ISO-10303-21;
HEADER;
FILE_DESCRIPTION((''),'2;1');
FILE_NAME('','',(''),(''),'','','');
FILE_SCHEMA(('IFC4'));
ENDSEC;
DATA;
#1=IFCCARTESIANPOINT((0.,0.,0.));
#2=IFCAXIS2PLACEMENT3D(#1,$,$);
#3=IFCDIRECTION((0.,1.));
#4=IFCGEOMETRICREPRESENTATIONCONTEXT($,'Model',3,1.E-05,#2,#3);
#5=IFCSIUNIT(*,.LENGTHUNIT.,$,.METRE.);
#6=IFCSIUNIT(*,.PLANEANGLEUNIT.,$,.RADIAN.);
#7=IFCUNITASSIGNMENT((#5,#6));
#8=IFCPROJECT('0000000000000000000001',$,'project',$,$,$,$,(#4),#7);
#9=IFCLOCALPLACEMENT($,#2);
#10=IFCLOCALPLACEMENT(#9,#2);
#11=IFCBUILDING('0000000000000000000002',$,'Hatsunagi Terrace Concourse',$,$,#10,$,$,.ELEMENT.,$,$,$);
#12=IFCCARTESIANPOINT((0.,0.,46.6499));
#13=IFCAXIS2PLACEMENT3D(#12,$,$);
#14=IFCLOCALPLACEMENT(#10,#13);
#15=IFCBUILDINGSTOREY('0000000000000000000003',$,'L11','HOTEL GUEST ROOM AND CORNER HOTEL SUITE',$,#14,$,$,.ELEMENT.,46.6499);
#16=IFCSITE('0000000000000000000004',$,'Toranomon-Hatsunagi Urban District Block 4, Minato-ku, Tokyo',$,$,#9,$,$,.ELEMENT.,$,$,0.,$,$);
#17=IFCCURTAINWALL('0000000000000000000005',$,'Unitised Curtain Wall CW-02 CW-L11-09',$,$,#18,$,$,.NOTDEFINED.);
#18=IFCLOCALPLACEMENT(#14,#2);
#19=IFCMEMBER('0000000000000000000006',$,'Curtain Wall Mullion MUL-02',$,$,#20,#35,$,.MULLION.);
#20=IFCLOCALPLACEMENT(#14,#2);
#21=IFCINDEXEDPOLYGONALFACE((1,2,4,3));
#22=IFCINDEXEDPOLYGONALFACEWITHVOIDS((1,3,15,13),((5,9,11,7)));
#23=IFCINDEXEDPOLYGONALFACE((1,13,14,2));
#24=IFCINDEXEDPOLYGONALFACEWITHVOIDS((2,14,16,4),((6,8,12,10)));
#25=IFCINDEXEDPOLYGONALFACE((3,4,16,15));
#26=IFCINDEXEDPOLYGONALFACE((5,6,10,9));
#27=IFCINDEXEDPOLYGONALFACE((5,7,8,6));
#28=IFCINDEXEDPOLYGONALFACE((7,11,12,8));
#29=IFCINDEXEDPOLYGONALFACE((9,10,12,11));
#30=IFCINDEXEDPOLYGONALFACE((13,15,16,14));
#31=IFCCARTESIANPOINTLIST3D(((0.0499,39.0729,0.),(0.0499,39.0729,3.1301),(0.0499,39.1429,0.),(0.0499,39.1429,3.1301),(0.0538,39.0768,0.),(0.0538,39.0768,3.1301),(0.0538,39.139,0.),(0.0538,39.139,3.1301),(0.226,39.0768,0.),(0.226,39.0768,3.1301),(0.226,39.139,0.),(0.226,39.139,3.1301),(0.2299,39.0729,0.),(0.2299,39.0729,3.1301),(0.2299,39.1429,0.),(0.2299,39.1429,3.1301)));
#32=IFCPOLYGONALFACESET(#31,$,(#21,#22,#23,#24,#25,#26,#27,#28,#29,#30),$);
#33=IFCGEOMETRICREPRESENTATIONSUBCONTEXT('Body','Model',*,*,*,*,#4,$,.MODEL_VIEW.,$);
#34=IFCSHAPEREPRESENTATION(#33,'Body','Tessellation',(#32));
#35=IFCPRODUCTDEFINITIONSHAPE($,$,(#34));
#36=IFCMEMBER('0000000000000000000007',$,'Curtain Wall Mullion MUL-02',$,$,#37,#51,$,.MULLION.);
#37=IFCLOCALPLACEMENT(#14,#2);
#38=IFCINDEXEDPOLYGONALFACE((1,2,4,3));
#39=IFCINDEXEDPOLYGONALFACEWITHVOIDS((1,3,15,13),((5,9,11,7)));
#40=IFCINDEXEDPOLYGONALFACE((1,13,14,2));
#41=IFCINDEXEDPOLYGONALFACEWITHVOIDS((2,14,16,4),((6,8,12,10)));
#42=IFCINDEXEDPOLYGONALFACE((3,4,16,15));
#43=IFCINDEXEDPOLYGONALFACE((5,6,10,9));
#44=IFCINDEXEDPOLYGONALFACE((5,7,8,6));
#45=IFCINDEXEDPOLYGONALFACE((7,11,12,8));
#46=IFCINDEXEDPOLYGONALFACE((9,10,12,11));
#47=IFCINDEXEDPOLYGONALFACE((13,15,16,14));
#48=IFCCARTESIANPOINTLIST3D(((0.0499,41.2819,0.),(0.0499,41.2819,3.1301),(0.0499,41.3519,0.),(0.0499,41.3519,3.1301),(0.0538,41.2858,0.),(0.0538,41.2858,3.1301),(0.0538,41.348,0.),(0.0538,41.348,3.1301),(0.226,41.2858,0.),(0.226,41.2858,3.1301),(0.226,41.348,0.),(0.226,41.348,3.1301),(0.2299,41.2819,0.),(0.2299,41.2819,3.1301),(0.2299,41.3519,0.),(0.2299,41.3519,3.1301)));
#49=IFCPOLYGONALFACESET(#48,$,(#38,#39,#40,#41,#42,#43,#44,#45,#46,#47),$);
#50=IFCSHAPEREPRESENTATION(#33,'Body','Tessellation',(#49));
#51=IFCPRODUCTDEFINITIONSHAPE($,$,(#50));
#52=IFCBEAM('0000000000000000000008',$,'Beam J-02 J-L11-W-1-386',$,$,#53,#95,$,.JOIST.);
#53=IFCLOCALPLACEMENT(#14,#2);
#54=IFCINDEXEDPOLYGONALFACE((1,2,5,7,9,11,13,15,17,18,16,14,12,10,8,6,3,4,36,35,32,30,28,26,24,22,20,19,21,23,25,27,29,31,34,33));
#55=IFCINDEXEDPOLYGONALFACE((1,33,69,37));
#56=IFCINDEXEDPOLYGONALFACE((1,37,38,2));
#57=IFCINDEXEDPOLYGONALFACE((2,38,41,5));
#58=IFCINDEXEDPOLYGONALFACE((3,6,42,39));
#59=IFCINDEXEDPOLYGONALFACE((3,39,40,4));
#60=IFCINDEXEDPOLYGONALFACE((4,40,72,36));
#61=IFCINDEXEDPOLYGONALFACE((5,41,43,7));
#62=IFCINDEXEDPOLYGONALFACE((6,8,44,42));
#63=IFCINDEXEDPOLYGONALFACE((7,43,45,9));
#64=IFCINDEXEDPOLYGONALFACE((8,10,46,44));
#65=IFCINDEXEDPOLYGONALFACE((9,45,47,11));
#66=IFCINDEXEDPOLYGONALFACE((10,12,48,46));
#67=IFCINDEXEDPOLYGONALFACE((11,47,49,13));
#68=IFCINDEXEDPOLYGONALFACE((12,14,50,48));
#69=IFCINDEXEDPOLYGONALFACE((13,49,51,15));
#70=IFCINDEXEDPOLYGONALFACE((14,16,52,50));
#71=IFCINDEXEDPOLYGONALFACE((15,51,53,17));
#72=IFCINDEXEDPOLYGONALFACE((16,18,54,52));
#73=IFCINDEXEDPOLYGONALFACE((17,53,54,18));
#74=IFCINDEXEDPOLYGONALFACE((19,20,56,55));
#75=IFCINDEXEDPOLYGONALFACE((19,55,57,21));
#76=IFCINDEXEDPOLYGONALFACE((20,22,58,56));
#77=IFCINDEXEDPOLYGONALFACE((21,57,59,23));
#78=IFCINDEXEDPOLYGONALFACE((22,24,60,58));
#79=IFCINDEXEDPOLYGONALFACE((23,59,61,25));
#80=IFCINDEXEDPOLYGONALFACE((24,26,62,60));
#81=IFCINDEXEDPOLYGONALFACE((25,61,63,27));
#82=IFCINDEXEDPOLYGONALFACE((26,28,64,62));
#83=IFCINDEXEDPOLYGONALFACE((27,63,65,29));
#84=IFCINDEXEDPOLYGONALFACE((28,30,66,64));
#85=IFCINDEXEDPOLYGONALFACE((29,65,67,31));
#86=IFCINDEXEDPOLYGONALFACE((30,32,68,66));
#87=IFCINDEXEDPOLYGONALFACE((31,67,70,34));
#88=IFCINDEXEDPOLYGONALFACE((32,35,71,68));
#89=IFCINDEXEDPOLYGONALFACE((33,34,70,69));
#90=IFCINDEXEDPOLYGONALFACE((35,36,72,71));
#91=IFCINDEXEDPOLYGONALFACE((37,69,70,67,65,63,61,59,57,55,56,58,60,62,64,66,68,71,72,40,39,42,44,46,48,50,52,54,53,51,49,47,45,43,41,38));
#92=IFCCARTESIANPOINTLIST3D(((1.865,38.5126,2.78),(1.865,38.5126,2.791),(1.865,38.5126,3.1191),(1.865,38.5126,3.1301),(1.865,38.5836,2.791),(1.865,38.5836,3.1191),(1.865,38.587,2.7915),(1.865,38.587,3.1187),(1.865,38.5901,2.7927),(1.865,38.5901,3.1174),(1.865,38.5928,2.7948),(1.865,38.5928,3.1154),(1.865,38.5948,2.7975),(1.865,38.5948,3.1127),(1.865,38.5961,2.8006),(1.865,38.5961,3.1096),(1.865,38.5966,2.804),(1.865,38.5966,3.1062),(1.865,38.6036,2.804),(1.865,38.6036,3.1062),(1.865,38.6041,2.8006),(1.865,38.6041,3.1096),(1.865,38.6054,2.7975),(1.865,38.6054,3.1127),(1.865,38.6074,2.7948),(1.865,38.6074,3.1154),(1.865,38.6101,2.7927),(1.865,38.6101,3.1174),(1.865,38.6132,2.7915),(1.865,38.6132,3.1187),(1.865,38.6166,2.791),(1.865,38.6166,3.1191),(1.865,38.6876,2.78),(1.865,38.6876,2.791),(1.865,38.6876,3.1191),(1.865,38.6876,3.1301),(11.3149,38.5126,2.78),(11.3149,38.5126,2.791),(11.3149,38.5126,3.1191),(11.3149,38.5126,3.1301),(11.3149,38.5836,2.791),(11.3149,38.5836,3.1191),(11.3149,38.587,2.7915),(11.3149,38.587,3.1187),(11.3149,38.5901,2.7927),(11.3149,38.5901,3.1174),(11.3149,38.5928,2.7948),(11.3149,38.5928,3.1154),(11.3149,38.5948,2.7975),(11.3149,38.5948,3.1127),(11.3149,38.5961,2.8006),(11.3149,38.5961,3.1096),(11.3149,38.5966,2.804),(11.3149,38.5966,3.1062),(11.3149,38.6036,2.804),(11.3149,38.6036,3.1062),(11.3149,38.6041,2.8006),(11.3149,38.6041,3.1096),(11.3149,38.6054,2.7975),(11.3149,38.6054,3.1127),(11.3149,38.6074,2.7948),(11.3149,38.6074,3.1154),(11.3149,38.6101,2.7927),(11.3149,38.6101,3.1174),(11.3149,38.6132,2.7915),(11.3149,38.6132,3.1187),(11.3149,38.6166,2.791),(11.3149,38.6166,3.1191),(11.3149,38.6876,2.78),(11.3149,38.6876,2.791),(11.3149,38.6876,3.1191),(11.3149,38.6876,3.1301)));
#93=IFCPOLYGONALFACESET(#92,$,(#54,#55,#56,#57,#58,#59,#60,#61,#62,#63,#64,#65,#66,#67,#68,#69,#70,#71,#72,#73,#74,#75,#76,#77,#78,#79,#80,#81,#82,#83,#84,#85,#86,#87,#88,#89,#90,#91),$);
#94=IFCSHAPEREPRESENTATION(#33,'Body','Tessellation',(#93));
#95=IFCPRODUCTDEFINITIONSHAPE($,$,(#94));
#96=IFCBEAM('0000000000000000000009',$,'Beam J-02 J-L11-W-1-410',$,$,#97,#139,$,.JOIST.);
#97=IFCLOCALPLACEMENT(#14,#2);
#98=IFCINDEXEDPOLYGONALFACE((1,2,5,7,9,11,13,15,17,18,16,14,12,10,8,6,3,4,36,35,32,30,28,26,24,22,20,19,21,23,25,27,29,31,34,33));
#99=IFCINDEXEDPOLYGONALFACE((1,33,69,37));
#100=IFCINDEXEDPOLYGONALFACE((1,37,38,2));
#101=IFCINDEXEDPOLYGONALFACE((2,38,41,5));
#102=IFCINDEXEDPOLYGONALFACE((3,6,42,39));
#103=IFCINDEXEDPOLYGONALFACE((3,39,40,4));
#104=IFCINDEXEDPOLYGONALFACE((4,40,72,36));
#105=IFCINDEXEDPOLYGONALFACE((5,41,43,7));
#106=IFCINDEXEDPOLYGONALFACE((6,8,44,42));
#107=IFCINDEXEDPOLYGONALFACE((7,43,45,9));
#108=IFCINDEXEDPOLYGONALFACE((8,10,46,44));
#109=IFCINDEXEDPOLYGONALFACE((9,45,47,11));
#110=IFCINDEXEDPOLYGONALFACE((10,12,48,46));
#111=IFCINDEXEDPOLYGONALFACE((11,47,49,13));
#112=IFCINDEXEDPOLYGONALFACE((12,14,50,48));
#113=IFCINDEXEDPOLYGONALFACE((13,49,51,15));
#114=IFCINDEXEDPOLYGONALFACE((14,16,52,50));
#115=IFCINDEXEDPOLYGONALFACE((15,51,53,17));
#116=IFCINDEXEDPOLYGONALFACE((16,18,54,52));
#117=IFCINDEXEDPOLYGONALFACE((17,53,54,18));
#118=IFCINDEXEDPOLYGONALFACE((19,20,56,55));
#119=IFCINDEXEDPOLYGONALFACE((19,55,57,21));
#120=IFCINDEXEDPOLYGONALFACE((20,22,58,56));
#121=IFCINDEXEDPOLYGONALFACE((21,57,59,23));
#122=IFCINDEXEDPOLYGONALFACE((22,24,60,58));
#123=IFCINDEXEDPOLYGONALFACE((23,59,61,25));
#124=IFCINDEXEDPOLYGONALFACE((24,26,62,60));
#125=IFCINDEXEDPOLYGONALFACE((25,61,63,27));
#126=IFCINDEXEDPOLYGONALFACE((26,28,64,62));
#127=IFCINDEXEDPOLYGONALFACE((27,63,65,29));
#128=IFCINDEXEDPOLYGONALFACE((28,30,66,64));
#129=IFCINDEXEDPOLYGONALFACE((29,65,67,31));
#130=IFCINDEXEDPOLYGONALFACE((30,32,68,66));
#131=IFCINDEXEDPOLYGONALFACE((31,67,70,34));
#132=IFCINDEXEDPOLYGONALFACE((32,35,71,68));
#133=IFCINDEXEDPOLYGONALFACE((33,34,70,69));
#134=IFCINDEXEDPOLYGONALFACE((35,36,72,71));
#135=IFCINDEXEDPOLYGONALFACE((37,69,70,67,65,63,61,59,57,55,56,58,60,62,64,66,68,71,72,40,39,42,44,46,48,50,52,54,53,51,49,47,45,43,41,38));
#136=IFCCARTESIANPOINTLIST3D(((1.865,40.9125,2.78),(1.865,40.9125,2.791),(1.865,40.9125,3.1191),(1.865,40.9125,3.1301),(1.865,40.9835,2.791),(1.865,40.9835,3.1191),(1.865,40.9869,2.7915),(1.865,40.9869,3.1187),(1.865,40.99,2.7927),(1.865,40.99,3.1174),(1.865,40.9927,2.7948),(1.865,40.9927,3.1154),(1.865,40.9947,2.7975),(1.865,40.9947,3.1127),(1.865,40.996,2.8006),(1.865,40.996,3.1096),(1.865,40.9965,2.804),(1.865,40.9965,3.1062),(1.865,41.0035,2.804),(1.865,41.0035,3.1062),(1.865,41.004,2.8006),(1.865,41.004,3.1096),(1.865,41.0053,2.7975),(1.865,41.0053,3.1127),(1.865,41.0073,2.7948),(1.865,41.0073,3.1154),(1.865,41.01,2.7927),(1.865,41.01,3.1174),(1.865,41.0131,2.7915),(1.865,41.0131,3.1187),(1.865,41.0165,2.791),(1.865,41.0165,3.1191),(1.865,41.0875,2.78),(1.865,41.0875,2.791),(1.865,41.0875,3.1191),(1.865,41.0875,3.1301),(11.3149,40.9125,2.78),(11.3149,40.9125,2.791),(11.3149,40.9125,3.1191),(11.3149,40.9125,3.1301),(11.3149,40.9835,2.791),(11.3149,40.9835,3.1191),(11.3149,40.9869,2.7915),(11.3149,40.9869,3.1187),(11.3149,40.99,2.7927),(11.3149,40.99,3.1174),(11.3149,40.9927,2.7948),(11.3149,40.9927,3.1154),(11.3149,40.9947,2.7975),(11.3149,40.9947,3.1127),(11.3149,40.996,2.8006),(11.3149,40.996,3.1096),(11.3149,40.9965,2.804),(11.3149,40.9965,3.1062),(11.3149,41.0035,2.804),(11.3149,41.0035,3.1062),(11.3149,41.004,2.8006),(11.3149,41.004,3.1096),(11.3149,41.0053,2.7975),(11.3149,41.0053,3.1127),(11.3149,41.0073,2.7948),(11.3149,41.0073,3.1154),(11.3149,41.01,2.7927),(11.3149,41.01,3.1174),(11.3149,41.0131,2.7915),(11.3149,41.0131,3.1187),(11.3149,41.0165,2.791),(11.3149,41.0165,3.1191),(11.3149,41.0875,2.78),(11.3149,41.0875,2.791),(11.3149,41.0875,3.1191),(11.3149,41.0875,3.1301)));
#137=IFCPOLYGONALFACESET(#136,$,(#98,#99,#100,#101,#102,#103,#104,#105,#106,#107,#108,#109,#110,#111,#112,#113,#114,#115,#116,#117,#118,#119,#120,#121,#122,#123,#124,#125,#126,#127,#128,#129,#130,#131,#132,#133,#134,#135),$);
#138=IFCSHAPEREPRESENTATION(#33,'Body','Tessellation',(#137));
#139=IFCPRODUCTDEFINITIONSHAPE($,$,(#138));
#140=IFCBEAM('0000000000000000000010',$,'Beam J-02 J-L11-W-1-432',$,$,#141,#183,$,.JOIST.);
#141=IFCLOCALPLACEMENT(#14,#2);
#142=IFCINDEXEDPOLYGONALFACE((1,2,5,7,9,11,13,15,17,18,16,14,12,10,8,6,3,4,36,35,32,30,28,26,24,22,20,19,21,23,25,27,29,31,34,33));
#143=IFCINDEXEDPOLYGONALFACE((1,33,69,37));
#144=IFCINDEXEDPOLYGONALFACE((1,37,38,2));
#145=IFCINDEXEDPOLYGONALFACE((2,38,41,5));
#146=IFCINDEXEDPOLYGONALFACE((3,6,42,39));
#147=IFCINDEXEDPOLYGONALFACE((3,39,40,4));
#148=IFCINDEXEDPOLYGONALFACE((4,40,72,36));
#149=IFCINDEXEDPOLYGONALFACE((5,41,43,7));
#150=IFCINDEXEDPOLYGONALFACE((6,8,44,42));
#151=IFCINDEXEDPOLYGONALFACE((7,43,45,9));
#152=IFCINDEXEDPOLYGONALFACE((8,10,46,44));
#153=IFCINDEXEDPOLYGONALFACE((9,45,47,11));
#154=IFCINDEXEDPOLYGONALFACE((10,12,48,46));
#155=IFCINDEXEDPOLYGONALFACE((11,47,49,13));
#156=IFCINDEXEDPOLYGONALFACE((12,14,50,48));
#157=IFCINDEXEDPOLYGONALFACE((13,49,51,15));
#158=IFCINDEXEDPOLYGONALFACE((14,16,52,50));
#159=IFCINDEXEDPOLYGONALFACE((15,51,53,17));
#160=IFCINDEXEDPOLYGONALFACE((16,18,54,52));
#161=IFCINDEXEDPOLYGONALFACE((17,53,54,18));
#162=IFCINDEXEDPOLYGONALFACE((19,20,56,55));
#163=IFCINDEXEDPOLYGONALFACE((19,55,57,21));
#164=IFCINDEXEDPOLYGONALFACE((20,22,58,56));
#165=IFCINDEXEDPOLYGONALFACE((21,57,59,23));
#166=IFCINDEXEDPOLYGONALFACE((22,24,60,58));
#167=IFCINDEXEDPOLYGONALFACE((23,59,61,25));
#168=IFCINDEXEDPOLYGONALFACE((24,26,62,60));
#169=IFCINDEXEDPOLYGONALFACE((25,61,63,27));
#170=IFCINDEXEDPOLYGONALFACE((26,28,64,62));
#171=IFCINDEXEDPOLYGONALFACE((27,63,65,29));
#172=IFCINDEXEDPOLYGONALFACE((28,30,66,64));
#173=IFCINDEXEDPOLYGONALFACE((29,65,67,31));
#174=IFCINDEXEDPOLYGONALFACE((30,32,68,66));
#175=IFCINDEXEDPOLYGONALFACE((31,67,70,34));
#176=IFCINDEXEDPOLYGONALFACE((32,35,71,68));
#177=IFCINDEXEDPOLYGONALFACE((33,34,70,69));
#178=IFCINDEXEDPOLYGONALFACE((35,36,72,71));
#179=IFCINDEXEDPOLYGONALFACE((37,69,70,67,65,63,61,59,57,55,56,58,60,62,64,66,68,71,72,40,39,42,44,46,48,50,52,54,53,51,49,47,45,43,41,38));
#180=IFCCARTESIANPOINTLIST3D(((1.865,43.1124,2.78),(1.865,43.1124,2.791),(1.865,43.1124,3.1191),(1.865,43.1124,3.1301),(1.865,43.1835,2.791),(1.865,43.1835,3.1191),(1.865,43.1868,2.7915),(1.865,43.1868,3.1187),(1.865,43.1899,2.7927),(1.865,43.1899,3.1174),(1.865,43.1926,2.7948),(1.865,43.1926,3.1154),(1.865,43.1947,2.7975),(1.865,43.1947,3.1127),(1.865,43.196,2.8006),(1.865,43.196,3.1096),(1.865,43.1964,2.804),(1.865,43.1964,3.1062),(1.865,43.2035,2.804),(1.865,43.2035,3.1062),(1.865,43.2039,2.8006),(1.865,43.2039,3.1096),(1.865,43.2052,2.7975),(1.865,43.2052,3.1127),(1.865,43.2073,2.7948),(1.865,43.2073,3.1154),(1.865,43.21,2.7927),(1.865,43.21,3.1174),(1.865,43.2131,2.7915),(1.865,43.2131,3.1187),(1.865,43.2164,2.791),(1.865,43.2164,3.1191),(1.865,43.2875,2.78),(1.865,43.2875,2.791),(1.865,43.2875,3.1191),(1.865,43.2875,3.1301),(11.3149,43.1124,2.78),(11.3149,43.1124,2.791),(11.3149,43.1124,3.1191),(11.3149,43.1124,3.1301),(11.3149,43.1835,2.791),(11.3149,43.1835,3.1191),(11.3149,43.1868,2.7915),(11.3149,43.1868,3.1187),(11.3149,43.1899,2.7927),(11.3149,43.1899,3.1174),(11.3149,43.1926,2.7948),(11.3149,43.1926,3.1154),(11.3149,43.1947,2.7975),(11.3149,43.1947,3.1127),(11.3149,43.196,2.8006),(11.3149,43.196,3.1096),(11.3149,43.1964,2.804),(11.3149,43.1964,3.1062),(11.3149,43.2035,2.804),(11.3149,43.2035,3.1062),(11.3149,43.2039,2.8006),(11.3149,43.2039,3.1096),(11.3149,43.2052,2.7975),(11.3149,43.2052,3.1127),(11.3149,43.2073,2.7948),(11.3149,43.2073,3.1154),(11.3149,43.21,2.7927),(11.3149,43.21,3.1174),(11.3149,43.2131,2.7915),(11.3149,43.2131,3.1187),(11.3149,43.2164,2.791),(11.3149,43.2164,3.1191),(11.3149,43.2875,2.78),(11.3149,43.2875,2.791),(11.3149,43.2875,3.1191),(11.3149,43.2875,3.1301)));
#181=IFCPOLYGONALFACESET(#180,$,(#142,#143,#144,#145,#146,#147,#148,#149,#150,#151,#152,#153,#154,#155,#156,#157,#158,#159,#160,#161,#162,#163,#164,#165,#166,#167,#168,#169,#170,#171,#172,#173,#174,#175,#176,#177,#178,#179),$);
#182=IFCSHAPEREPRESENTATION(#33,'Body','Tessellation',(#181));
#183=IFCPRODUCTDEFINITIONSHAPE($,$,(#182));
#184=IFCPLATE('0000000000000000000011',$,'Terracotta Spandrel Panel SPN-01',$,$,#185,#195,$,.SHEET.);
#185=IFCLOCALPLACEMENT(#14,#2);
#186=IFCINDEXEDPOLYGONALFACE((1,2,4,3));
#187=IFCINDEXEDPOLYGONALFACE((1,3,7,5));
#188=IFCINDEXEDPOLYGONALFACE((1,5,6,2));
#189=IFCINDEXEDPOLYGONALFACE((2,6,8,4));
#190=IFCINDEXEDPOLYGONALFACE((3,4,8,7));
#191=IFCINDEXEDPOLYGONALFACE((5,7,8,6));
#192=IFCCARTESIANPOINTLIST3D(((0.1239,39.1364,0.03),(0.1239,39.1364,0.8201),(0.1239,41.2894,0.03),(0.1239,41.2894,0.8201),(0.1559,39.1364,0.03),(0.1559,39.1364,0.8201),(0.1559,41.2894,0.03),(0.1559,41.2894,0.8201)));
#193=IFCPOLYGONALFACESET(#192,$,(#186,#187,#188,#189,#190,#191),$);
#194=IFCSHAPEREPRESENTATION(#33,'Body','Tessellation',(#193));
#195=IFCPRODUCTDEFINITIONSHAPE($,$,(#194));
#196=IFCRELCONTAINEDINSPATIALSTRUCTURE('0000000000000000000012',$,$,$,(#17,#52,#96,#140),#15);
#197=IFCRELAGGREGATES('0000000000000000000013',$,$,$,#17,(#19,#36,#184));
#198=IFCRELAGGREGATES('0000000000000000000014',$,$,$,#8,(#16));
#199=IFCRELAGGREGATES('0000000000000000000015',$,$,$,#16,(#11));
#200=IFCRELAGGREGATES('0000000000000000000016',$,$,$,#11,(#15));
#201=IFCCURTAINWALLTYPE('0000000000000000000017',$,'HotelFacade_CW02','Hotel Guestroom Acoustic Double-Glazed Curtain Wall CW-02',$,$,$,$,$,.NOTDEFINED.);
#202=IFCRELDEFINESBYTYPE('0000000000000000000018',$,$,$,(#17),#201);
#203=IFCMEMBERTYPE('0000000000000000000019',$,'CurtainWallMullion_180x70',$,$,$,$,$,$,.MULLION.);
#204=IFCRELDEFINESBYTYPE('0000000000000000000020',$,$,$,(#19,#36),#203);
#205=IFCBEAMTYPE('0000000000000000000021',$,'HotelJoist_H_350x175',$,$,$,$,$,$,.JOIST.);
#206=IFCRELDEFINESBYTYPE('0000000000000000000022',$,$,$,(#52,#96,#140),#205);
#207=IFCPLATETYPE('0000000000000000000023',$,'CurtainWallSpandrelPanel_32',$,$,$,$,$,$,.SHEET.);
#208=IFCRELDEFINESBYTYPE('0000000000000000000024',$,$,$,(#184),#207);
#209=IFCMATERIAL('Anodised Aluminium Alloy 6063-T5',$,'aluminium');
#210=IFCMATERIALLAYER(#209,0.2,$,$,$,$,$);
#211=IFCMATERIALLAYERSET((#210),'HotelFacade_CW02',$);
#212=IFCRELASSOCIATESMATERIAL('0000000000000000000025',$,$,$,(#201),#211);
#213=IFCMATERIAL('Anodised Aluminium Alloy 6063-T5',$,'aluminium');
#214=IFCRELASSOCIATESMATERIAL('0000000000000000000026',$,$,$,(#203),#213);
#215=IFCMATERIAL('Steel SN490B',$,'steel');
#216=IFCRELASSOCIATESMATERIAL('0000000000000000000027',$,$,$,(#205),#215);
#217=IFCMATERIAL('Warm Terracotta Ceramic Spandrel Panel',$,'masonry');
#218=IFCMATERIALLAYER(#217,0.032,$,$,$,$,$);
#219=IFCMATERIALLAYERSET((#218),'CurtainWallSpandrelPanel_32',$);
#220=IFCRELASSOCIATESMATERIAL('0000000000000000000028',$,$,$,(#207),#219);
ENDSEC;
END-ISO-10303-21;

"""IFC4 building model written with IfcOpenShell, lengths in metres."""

from ifc_helpers import new_model, si_unit, direction, frame, origin, origin_2d, place, context, subcontext, project, spatial, rectangle, hollow_rectangle, i_section, extrude, material, layer, layer_set, material_profile, profile_set, type_object, element, aggregate, save


model = new_model("IFC4")

# Units and contexts
model_context = context("Model", 3, precision=1e-05, world=origin(), true_north=direction((0.0, 1.0)))
body_context = subcontext(model_context, "Body", "Model", "MODEL_VIEW")
ifc_project = project(units=[si_unit("LENGTHUNIT", "METRE"), si_unit("PLANEANGLEUNIT", "RADIAN")], contexts=[model_context])

# Site, building, storey
site_placement = place(None, origin())
site = spatial("IfcSite", under=ifc_project, at=site_placement, Name="Toranomon-Hatsunagi Urban District Block 4, Minato-ku, Tokyo", CompositionType="ELEMENT", RefElevation=0.0)
building_placement = place(site_placement, origin())
building = spatial("IfcBuilding", under=site, at=building_placement, Name="Hatsunagi Terrace Concourse", CompositionType="ELEMENT")
storey_placement = place(building_placement, frame((0.0, 0.0, 46.6499)))
storey = spatial("IfcBuildingStorey", under=building, at=storey_placement, Name="L11", Description="HOTEL GUEST ROOM AND CORNER HOTEL SUITE", CompositionType="ELEMENT", Elevation=46.6499)

# Curtain wall, members
ifc_material_1 = material(Name="Anodised Aluminium Alloy 6063-T5", Category="aluminium")
ifc_layer_1 = layer(ifc_material_1, 0.2)
ifc_layer_set_1 = layer_set([ifc_layer_1], Name="HotelFacade_CW02")
curtain_wall_type = type_object("IfcCurtainWallType", Name="HotelFacade_CW02", Description="Hotel Guestroom Acoustic Double-Glazed Curtain Wall CW-02", PredefinedType="NOTDEFINED", material=ifc_layer_set_1)
curtain_wall_placement = place(storey_placement, origin())
curtain_wall = element("IfcCurtainWall", 1, at=curtain_wall_placement, inside=storey, type_object=curtain_wall_type, Name="Unitised Curtain Wall CW-02 CW-L11-09", PredefinedType="NOTDEFINED")
ifc_material_2 = material(Name="Anodised Aluminium Alloy 6063-T5", Category="aluminium")
ifc_material_profile_1 = material_profile(ifc_material_2, hollow_rectangle(XDim=0.0701, YDim=0.1799, WallThickness=0.0039, at=origin_2d()), Name="ALU-MUL-180x70x4")
ifc_profile_set_1 = profile_set([ifc_material_profile_1], Name="Anodised Aluminium Alloy 6063-T5")
member_type = type_object("IfcMemberType", Name="CurtainWallMullion_180x70", PredefinedType="MULLION", material=ifc_profile_set_1)
member_1_placement = place(storey_placement, frame((0.1399, 39.1079, 0.0), z_axis=(0.0, 0.0, 1.0), x_axis=(0.0, 1.0, 0.0)))
member_1 = element("IfcMember", 2, at=member_1_placement, type_object=member_type, Name="Curtain Wall Mullion MUL-02", PredefinedType="MULLION", context=body_context, shape_type="SweptSolid", body=[
    extrude(hollow_rectangle(XDim=0.0701, YDim=0.1799, WallThickness=0.0039, at=origin_2d()), origin(), (0.0, 0.0, 1.0), 3.1301),
])
member_2_placement = place(storey_placement, frame((0.1399, 41.3169, 0.0), z_axis=(0.0, 0.0, 1.0), x_axis=(0.0, 1.0, 0.0)))
member_2 = element("IfcMember", 3, at=member_2_placement, type_object=member_type, Name="Curtain Wall Mullion MUL-02", PredefinedType="MULLION", context=body_context, shape_type="SweptSolid", body=[
    extrude(hollow_rectangle(XDim=0.0701, YDim=0.1799, WallThickness=0.0039, at=origin_2d()), origin(), (0.0, 0.0, 1.0), 3.1301),
])

# Beams
ifc_material_3 = material(Name="Steel SN490B", Category="steel")
ifc_material_profile_2 = material_profile(ifc_material_3, i_section(OverallWidth=0.175, OverallDepth=0.3501, WebThickness=0.0071, FlangeThickness=0.011, FilletRadius=0.0129, at=origin_2d()), Name="H-350x175x7x11")
ifc_profile_set_2 = profile_set([ifc_material_profile_2], Name="Steel SN490B")
beam_type = type_object("IfcBeamType", Name="HotelJoist_H_350x175", PredefinedType="JOIST", material=ifc_profile_set_2)
for number, where, z_axis, x_axis, name in (
    (4, (1.865, 38.6001, 2.9551), (1.0, 0.0, 0.0), (0.0, 1.0, 0.0), "Beam J-02 J-L11-W-1-386"),
    (5, (1.865, 41.0, 2.9551), (1.0, 0.0, 0.0), (0.0, 1.0, 0.0), "Beam J-02 J-L11-W-1-410"),
    (6, (1.865, 43.2, 2.9551), (1.0, 0.0, 0.0), (0.0, 1.0, 0.0), "Beam J-02 J-L11-W-1-432"),
):
    element("IfcBeam", number, at=place(storey_placement, frame(where, z_axis=z_axis, x_axis=x_axis)), inside=storey, type_object=beam_type, Name=name, PredefinedType="JOIST", context=body_context, shape_type="SweptSolid", body=[
        extrude(i_section(OverallWidth=0.175, OverallDepth=0.3501, WebThickness=0.0071, FlangeThickness=0.011, FilletRadius=0.0129, at=origin_2d()), origin(), (0.0, 0.0, 1.0), 9.45),
    ])

# Plate
ifc_material_4 = material(Name="Warm Terracotta Ceramic Spandrel Panel", Category="masonry")
ifc_layer_2 = layer(ifc_material_4, 0.032)
ifc_layer_set_2 = layer_set([ifc_layer_2], Name="CurtainWallSpandrelPanel_32")
plate_type_1 = type_object("IfcPlateType", Name="CurtainWallSpandrelPanel_32", PredefinedType="SHEET", material=ifc_layer_set_2)
plate_1_placement = place(storey_placement, frame((0.1399, 40.2129, 0.03), z_axis=(0.0, 0.0, 1.0), x_axis=(0.0, 1.0, 0.0)))
plate_1 = element("IfcPlate", 7, at=plate_1_placement, type_object=plate_type_1, Name="Terracotta Spandrel Panel SPN-01", PredefinedType="SHEET", context=body_context, shape_type="SweptSolid", body=[
    extrude(rectangle(XDim=2.1531, YDim=0.032, at=origin_2d()), origin(), (0.0, 0.0, 1.0), 0.79),
])
aggregate(curtain_wall, [member_1, member_2, plate_1])

save(model, "model.ifc")
